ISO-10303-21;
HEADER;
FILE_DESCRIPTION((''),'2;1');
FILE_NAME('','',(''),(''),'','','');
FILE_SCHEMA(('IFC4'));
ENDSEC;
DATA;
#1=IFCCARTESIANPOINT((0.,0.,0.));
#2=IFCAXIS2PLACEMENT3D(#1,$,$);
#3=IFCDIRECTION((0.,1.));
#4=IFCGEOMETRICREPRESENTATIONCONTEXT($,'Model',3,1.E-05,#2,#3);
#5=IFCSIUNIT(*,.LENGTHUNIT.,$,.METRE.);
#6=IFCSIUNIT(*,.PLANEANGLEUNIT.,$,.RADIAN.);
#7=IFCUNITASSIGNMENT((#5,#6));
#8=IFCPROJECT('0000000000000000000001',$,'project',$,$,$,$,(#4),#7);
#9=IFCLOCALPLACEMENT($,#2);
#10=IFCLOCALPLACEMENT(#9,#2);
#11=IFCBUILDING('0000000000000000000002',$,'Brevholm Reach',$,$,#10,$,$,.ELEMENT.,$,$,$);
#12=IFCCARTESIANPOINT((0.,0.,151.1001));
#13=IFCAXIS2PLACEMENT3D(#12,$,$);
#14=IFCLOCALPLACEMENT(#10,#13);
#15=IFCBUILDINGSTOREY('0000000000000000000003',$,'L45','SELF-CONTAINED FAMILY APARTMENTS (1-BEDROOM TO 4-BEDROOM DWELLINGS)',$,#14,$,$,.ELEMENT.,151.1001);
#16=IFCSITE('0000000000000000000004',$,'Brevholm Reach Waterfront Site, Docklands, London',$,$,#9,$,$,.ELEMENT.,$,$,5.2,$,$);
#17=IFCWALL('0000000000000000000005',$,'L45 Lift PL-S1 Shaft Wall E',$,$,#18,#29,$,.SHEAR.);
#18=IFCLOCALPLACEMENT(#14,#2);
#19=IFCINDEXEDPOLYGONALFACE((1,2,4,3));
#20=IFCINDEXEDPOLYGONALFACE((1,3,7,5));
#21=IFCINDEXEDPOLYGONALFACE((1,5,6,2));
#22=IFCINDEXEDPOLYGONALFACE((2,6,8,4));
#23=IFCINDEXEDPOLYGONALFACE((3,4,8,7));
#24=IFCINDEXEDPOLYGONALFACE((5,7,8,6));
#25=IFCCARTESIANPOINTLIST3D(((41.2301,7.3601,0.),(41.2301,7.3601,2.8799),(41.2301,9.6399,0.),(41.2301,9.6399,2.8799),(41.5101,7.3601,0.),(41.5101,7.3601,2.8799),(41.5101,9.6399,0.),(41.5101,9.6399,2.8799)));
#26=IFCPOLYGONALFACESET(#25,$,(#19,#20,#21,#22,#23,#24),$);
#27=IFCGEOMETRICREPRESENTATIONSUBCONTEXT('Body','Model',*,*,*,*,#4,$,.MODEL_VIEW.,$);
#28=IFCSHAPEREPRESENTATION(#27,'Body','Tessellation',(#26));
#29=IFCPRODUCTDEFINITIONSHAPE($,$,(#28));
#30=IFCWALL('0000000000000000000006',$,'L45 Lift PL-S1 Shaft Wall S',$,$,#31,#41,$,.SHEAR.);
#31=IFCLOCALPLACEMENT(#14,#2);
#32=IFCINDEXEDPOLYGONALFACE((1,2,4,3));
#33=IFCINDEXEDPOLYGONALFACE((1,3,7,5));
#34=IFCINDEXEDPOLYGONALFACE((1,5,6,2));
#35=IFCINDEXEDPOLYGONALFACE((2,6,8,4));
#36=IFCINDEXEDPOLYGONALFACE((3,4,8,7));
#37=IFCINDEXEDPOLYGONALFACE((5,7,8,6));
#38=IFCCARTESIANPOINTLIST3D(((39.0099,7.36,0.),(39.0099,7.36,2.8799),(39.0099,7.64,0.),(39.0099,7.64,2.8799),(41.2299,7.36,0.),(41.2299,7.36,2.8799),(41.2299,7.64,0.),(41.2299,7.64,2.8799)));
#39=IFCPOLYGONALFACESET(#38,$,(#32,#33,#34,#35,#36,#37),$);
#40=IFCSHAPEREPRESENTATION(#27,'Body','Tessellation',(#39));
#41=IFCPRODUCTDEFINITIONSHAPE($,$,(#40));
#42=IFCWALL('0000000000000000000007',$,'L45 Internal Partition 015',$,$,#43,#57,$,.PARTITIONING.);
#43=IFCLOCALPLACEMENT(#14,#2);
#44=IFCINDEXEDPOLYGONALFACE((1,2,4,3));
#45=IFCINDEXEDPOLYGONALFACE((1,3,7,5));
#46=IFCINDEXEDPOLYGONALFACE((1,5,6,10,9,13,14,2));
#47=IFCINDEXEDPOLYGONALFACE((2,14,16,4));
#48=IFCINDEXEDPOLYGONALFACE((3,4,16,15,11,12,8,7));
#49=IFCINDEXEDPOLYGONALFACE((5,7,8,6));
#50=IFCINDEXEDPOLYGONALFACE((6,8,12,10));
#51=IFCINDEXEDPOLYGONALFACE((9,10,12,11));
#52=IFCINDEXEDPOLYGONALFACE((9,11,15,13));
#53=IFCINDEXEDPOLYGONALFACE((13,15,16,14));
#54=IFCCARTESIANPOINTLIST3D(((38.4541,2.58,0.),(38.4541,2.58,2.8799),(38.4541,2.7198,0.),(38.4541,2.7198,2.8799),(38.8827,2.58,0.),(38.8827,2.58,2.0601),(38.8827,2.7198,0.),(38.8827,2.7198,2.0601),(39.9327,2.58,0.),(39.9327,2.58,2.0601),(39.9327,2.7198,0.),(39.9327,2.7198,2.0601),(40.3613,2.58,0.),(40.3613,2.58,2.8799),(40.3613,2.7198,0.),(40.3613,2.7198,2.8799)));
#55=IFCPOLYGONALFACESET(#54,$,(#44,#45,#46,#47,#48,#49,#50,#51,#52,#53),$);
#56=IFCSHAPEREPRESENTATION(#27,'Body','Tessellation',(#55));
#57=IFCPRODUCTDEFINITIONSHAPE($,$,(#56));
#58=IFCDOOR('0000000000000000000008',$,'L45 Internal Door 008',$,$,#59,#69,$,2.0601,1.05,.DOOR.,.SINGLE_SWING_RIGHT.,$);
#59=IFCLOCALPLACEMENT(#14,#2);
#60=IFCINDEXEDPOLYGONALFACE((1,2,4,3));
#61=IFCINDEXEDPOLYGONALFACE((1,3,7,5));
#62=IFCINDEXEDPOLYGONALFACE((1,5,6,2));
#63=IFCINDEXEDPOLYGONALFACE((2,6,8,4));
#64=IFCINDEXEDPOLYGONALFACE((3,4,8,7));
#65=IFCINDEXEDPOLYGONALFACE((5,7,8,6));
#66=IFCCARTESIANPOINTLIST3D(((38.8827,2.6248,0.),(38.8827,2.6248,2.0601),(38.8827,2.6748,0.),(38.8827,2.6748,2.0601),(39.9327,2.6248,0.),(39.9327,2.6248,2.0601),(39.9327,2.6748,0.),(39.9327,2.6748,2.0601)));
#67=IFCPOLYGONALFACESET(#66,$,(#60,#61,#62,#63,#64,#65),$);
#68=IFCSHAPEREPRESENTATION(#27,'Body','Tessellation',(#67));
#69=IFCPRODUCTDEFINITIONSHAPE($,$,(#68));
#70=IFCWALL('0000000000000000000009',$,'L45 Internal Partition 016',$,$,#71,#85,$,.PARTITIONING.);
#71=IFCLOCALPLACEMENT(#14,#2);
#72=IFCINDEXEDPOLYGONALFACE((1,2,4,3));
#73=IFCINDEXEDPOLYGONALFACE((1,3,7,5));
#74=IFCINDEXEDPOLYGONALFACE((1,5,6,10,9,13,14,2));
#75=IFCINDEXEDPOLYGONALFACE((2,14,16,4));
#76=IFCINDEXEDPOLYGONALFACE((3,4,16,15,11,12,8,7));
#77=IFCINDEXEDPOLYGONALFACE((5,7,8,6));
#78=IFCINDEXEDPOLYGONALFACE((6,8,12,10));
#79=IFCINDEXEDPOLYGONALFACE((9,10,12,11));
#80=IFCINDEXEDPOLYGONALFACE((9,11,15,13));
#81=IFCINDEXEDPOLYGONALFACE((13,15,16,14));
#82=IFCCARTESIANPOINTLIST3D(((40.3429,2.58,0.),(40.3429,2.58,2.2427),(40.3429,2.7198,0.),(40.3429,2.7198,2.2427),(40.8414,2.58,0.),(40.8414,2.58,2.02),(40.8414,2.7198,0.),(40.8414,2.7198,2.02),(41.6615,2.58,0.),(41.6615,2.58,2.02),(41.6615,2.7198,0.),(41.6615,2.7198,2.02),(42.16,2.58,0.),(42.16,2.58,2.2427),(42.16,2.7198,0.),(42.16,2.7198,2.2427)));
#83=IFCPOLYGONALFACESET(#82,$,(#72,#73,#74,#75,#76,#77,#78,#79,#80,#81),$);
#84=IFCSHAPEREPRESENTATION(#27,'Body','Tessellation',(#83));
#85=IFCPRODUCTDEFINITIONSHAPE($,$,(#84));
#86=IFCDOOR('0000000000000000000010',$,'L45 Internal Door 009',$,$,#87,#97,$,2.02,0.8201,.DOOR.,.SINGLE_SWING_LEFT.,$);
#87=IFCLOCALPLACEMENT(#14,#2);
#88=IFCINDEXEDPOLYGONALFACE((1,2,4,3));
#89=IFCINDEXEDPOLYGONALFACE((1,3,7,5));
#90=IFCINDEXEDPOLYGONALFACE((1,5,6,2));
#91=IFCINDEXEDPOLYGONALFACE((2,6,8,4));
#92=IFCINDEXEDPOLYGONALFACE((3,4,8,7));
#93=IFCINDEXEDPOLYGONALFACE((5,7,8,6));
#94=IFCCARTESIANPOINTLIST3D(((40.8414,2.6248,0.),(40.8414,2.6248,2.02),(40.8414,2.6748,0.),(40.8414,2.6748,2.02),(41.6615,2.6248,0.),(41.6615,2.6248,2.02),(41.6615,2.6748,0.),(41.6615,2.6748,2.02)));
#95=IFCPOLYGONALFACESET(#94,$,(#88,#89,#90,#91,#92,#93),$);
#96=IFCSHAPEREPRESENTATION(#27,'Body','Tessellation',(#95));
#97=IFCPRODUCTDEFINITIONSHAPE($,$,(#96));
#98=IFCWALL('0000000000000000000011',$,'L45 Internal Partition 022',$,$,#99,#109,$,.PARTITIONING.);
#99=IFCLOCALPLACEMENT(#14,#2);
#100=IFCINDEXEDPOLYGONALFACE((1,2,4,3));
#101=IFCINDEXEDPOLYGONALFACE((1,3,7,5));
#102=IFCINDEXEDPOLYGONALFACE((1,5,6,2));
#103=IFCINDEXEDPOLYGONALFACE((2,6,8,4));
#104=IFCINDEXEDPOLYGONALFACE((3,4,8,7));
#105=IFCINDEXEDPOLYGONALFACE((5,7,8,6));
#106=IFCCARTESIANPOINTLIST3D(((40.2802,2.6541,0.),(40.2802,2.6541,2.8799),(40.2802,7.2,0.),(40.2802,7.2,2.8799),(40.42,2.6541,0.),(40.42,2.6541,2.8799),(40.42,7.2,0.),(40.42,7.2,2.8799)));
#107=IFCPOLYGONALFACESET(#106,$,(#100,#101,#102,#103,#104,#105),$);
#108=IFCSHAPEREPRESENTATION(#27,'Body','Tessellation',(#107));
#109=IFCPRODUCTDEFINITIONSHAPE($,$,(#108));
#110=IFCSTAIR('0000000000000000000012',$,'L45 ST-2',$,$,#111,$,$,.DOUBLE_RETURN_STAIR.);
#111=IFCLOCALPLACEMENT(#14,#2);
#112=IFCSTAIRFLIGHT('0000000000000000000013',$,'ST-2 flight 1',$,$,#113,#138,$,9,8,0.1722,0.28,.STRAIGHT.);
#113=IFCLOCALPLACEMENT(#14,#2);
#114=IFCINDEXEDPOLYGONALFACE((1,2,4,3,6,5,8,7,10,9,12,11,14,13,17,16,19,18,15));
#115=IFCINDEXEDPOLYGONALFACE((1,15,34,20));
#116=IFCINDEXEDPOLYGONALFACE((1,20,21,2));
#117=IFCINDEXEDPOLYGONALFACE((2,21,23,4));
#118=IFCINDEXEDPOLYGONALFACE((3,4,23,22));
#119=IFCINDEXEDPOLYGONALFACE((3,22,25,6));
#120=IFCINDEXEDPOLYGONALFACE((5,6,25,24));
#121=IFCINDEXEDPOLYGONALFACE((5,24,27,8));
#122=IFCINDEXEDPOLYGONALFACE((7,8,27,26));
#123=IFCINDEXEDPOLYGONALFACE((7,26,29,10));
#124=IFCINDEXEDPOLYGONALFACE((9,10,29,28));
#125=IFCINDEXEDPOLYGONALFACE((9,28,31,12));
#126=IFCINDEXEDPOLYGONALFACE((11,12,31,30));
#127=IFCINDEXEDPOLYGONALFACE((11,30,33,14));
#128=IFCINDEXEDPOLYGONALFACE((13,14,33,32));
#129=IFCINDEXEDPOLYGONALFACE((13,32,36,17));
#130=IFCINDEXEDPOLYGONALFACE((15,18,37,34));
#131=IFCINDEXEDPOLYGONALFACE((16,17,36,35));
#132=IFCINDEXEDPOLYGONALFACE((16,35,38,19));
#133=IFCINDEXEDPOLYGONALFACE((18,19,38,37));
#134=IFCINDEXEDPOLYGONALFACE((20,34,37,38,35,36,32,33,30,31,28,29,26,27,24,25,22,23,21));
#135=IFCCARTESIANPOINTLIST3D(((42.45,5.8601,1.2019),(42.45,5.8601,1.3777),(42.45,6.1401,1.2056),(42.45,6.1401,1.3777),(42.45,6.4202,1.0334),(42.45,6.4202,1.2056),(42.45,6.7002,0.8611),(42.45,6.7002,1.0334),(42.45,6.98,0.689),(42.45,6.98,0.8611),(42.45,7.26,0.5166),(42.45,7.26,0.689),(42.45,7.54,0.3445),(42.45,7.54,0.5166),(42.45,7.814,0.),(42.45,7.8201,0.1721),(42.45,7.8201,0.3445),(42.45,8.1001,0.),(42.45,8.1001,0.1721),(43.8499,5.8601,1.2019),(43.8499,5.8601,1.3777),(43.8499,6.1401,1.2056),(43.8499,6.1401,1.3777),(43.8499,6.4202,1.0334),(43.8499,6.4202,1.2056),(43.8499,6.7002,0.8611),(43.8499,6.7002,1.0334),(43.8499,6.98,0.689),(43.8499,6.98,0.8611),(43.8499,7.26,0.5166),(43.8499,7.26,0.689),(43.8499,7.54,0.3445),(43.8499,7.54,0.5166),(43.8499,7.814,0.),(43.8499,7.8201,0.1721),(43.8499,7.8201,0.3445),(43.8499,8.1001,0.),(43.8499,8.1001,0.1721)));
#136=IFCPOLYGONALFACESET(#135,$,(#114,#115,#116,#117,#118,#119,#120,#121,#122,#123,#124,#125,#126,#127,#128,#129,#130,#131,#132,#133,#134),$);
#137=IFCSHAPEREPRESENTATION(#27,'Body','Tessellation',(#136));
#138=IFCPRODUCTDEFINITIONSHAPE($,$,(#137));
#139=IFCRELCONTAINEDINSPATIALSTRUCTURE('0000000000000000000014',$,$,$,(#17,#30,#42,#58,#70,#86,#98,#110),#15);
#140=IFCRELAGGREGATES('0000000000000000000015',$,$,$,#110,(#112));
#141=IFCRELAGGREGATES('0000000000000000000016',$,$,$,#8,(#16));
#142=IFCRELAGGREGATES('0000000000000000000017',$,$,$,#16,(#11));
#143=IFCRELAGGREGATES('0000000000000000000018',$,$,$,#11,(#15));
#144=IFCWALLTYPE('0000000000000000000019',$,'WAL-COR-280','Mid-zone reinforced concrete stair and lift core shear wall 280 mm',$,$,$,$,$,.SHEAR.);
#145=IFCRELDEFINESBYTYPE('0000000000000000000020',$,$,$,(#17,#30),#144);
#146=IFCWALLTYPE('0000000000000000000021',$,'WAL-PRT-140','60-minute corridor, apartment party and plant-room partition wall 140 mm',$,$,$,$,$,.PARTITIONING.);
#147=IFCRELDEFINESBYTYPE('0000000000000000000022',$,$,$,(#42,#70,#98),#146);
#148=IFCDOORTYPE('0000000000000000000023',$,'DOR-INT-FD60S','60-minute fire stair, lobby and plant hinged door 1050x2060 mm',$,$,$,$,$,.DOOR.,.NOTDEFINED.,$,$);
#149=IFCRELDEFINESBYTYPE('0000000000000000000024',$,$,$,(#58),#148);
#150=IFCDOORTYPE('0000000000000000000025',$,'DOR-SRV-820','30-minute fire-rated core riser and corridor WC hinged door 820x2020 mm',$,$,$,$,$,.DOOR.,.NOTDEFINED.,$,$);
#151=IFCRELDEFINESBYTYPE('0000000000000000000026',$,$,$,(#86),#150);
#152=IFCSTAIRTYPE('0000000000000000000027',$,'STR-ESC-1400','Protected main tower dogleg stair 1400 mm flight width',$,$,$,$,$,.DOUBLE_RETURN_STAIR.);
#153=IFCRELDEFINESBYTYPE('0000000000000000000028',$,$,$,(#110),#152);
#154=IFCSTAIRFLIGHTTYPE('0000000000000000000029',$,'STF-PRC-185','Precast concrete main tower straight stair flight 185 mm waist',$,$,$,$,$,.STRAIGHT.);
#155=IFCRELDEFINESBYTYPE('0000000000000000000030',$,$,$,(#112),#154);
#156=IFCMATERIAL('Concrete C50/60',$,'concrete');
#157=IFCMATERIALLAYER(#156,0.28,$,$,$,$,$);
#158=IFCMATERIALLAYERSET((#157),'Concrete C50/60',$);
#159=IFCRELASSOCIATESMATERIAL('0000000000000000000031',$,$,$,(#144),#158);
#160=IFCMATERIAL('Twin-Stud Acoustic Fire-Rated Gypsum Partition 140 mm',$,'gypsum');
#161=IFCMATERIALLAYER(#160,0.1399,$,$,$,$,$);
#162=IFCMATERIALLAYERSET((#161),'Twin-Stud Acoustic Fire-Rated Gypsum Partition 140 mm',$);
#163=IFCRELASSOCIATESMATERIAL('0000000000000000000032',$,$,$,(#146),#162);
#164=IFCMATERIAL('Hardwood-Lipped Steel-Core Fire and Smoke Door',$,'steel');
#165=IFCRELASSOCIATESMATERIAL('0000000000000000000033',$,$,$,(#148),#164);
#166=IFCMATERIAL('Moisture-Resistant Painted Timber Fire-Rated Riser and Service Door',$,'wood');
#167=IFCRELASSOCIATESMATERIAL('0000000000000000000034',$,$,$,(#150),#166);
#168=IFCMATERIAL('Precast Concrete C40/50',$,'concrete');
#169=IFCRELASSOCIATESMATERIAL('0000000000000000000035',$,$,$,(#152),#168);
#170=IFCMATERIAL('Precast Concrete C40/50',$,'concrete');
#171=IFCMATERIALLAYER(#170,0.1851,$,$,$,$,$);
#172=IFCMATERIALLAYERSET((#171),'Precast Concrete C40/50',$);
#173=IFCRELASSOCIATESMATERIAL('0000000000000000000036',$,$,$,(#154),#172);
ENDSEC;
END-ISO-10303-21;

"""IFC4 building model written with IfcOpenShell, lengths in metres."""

from ifc_helpers import new_model, si_unit, direction, frame, frame_2d, origin, place, context, subcontext, project, spatial, polyline, rectangle, outline, extrude, material, layer, layer_set, type_object, element, fill, aggregate, save


model = new_model("IFC4")

# Units and contexts
model_context = context("Model", 3, precision=1e-05, world=origin(), true_north=direction((0.0, 1.0)))
body_context = subcontext(model_context, "Body", "Model", "MODEL_VIEW")
ifc_project = project(units=[si_unit("LENGTHUNIT", "METRE"), si_unit("PLANEANGLEUNIT", "RADIAN")], contexts=[model_context])

# Site, building, storey
site_placement = place(None, origin())
site = spatial("IfcSite", under=ifc_project, at=site_placement, Name="Brevholm Reach Waterfront Site, Docklands, London", CompositionType="ELEMENT", RefElevation=5.2)
building_placement = place(site_placement, origin())
building = spatial("IfcBuilding", under=site, at=building_placement, Name="Brevholm Reach", CompositionType="ELEMENT")
storey_placement = place(building_placement, frame((0.0, 0.0, 151.1001)))
storey = spatial("IfcBuildingStorey", under=building, at=storey_placement, Name="L45", Description="SELF-CONTAINED FAMILY APARTMENTS (1-BEDROOM TO 4-BEDROOM DWELLINGS)", CompositionType="ELEMENT", Elevation=151.1001)

# Walls
ifc_material_1 = material(Name="Concrete C50/60", Category="concrete")
ifc_layer_1 = layer(ifc_material_1, 0.28)
ifc_layer_set_1 = layer_set([ifc_layer_1], Name="Concrete C50/60")
wall_type_1 = type_object("IfcWallType", Name="WAL-COR-280", Description="Mid-zone reinforced concrete stair and lift core shear wall 280 mm", PredefinedType="SHEAR", material=ifc_layer_set_1)
for number, where, z_axis, x_axis, name in (
    (1, (41.3701, 7.3601, 0.0), (0.0, 0.0, 1.0), (0.0, 1.0, 0.0), "L45 Lift PL-S1 Shaft Wall E"),
):
    element("IfcWall", number, at=place(storey_placement, frame(where, z_axis=z_axis, x_axis=x_axis)), inside=storey, type_object=wall_type_1, Name=name, PredefinedType="SHEAR", context=body_context, shape_type="SweptSolid", body=[
        extrude(rectangle(XDim=2.2798, YDim=0.28, at=frame_2d((1.1399, 0.0))), origin(), (0.0, 0.0, 1.0), 2.8799),
    ])
wall_1_placement = place(storey_placement, frame((39.01, 7.5, 0.0), z_axis=(0.0, 0.0, 1.0), x_axis=(1.0, 0.0, 0.0)))
element("IfcWall", 2, at=wall_1_placement, inside=storey, type_object=wall_type_1, Name="L45 Lift PL-S1 Shaft Wall S", PredefinedType="SHEAR", context=body_context, shape_type="SweptSolid", body=[
    extrude(rectangle(XDim=2.22, YDim=0.28, at=frame_2d((1.1099, 0.0))), origin(), (0.0, 0.0, 1.0), 2.8799),
])

# Walls, openings, doors
ifc_material_2 = material(Name="Twin-Stud Acoustic Fire-Rated Gypsum Partition 140 mm", Category="gypsum")
ifc_layer_2 = layer(ifc_material_2, 0.1399)
ifc_layer_set_2 = layer_set([ifc_layer_2], Name="Twin-Stud Acoustic Fire-Rated Gypsum Partition 140 mm")
wall_type_2 = type_object("IfcWallType", Name="WAL-PRT-140", Description="60-minute corridor, apartment party and plant-room partition wall 140 mm", PredefinedType="PARTITIONING", material=ifc_layer_set_2)
wall_2_placement = place(storey_placement, frame((38.4541, 2.6499, 0.0), z_axis=(0.0, 0.0, 1.0), x_axis=(1.0, 0.0, 0.0)))
wall_2 = element("IfcWall", 3, at=wall_2_placement, inside=storey, type_object=wall_type_2, Name="L45 Internal Partition 015", PredefinedType="PARTITIONING", context=body_context, shape_type="SweptSolid", body=[
    extrude(rectangle(XDim=1.9072, YDim=0.1399, at=frame_2d((0.9536, 0.0))), origin(), (0.0, 0.0, 1.0), 2.8799),
])
opening_1_placement = place(wall_2_placement, frame((0.4287, 0.0, 0.0)))
opening_1 = element("IfcOpeningElement", 4, at=opening_1_placement, cuts=wall_2, PredefinedType="OPENING", context=body_context, shape_type="SweptSolid", body=[
    extrude(rectangle(XDim=1.05, YDim=2.0601, at=frame_2d((0.5249, 1.03))), frame((0.0, 0.0798, 0.0), z_axis=(0.0, -1.0, 0.0), x_axis=(1.0, 0.0, 0.0)), (0.0, 0.0, 1.0), 0.1599),
])
ifc_material_3 = material(Name="Hardwood-Lipped Steel-Core Fire and Smoke Door", Category="steel")
door_type_1 = type_object("IfcDoorType", Name="DOR-INT-FD60S", Description="60-minute fire stair, lobby and plant hinged door 1050x2060 mm", OperationType="NOTDEFINED", PredefinedType="DOOR", material=ifc_material_3)
door_1_placement = place(opening_1_placement, origin())
door_1 = element("IfcDoor", 5, at=door_1_placement, inside=storey, type_object=door_type_1, Name="L45 Internal Door 008", OperationType="SINGLE_SWING_RIGHT", OverallHeight=2.0601, OverallWidth=1.05, PredefinedType="DOOR", context=body_context, shape_type="SweptSolid", body=[
    extrude(rectangle(XDim=1.05, YDim=2.0601, at=frame_2d((0.5249, 1.03))), frame((0.0, 0.0249, 0.0), z_axis=(0.0, -1.0, 0.0), x_axis=(1.0, 0.0, 0.0)), (0.0, 0.0, 1.0), 0.05),
])
fill(opening_1, door_1)
wall_3_placement = place(storey_placement, frame((40.3428, 2.6499, 0.0), z_axis=(0.0, 0.0, 1.0), x_axis=(1.0, 0.0, 0.0)))
wall_3 = element("IfcWall", 6, at=wall_3_placement, inside=storey, type_object=wall_type_2, Name="L45 Internal Partition 016", PredefinedType="PARTITIONING", context=body_context, shape_type="SweptSolid", body=[
    extrude(rectangle(XDim=1.8171, YDim=0.1399, at=frame_2d((0.9087, 0.0))), origin(), (0.0, 0.0, 1.0), 2.2427),
])
opening_2_placement = place(wall_3_placement, frame((0.4985, 0.0, 0.0)))
opening_2 = element("IfcOpeningElement", 7, at=opening_2_placement, cuts=wall_3, PredefinedType="OPENING", context=body_context, shape_type="SweptSolid", body=[
    extrude(rectangle(XDim=0.8201, YDim=2.02, at=frame_2d((0.4102, 1.01))), frame((0.0, 0.0798, 0.0), z_axis=(0.0, -1.0, 0.0), x_axis=(1.0, 0.0, 0.0)), (0.0, 0.0, 1.0), 0.1599),
])
ifc_material_4 = material(Name="Moisture-Resistant Painted Timber Fire-Rated Riser and Service Door", Category="wood")
door_type_2 = type_object("IfcDoorType", Name="DOR-SRV-820", Description="30-minute fire-rated core riser and corridor WC hinged door 820x2020 mm", OperationType="NOTDEFINED", PredefinedType="DOOR", material=ifc_material_4)
door_2_placement = place(opening_2_placement, origin())
door_2 = element("IfcDoor", 8, at=door_2_placement, inside=storey, type_object=door_type_2, Name="L45 Internal Door 009", OperationType="SINGLE_SWING_LEFT", OverallHeight=2.02, OverallWidth=0.8201, PredefinedType="DOOR", context=body_context, shape_type="SweptSolid", body=[
    extrude(rectangle(XDim=0.8201, YDim=2.02, at=frame_2d((0.4102, 1.01))), frame((0.0, 0.0249, 0.0), z_axis=(0.0, -1.0, 0.0), x_axis=(1.0, 0.0, 0.0)), (0.0, 0.0, 1.0), 0.05),
])
fill(opening_2, door_2)

# Wall
wall_4_placement = place(storey_placement, frame((40.3501, 2.6541, 0.0), z_axis=(0.0, 0.0, 1.0), x_axis=(0.0, 1.0, 0.0)))
element("IfcWall", 9, at=wall_4_placement, inside=storey, type_object=wall_type_2, Name="L45 Internal Partition 022", PredefinedType="PARTITIONING", context=body_context, shape_type="SweptSolid", body=[
    extrude(rectangle(XDim=4.5459, YDim=0.1399, at=frame_2d((2.2729, 0.0))), origin(), (0.0, 0.0, 1.0), 2.8799),
])

# Stair, stair flight
ifc_material_5 = material(Name="Precast Concrete C40/50", Category="concrete")
stair_type = type_object("IfcStairType", Name="STR-ESC-1400", Description="Protected main tower dogleg stair 1400 mm flight width", PredefinedType="DOUBLE_RETURN_STAIR", material=ifc_material_5)
stair_placement = place(storey_placement, origin())
stair = element("IfcStair", 10, at=stair_placement, inside=storey, type_object=stair_type, Name="L45 ST-2", PredefinedType="DOUBLE_RETURN_STAIR")
ifc_material_6 = material(Name="Precast Concrete C40/50", Category="concrete")
ifc_layer_3 = layer(ifc_material_6, 0.1851)
ifc_layer_set_3 = layer_set([ifc_layer_3], Name="Precast Concrete C40/50")
stair_flight_type = type_object("IfcStairFlightType", Name="STF-PRC-185", Description="Precast concrete main tower straight stair flight 185 mm waist", PredefinedType="STRAIGHT", material=ifc_layer_set_3)
stair_flight_placement = place(storey_placement, frame((43.1499, 8.1001, 0.0), z_axis=(0.0, 0.0, 1.0), x_axis=(0.0, -1.0, 0.0)))
stair_flight = element("IfcStairFlight", 11, at=stair_flight_placement, type_object=stair_flight_type, Name="ST-2 flight 1", NumberOfRisers=9, NumberOfTreads=8, PredefinedType="STRAIGHT", RiserHeight=0.1722, TreadLength=0.28, context=body_context, shape_type="SweptSolid", body=[
    extrude(outline(polyline([(0.0, 0.0), (0.0, 0.1721), (0.28, 0.1721), (0.28, 0.3445), (0.5601, 0.3445), (0.5601, 0.5166), (0.8401, 0.5166), (0.8401, 0.689), (1.1201, 0.689), (1.1201, 0.8611), (1.3999, 0.8611), (1.3999, 1.0334), (1.6799, 1.0334), (1.6799, 1.2056), (1.96, 1.2056), (1.96, 1.3777), (2.24, 1.3777), (2.24, 1.55), (2.24, 1.2019), (0.2861, 0.0), (0.0, 0.0)])), frame((0.0, 0.7, 0.0), z_axis=(0.0, -1.0, 0.0), x_axis=(1.0, 0.0, 0.0)), (0.0, 0.0, 1.0), 1.3999),
])
aggregate(stair, [stair_flight])

save(model, "model.ifc")
